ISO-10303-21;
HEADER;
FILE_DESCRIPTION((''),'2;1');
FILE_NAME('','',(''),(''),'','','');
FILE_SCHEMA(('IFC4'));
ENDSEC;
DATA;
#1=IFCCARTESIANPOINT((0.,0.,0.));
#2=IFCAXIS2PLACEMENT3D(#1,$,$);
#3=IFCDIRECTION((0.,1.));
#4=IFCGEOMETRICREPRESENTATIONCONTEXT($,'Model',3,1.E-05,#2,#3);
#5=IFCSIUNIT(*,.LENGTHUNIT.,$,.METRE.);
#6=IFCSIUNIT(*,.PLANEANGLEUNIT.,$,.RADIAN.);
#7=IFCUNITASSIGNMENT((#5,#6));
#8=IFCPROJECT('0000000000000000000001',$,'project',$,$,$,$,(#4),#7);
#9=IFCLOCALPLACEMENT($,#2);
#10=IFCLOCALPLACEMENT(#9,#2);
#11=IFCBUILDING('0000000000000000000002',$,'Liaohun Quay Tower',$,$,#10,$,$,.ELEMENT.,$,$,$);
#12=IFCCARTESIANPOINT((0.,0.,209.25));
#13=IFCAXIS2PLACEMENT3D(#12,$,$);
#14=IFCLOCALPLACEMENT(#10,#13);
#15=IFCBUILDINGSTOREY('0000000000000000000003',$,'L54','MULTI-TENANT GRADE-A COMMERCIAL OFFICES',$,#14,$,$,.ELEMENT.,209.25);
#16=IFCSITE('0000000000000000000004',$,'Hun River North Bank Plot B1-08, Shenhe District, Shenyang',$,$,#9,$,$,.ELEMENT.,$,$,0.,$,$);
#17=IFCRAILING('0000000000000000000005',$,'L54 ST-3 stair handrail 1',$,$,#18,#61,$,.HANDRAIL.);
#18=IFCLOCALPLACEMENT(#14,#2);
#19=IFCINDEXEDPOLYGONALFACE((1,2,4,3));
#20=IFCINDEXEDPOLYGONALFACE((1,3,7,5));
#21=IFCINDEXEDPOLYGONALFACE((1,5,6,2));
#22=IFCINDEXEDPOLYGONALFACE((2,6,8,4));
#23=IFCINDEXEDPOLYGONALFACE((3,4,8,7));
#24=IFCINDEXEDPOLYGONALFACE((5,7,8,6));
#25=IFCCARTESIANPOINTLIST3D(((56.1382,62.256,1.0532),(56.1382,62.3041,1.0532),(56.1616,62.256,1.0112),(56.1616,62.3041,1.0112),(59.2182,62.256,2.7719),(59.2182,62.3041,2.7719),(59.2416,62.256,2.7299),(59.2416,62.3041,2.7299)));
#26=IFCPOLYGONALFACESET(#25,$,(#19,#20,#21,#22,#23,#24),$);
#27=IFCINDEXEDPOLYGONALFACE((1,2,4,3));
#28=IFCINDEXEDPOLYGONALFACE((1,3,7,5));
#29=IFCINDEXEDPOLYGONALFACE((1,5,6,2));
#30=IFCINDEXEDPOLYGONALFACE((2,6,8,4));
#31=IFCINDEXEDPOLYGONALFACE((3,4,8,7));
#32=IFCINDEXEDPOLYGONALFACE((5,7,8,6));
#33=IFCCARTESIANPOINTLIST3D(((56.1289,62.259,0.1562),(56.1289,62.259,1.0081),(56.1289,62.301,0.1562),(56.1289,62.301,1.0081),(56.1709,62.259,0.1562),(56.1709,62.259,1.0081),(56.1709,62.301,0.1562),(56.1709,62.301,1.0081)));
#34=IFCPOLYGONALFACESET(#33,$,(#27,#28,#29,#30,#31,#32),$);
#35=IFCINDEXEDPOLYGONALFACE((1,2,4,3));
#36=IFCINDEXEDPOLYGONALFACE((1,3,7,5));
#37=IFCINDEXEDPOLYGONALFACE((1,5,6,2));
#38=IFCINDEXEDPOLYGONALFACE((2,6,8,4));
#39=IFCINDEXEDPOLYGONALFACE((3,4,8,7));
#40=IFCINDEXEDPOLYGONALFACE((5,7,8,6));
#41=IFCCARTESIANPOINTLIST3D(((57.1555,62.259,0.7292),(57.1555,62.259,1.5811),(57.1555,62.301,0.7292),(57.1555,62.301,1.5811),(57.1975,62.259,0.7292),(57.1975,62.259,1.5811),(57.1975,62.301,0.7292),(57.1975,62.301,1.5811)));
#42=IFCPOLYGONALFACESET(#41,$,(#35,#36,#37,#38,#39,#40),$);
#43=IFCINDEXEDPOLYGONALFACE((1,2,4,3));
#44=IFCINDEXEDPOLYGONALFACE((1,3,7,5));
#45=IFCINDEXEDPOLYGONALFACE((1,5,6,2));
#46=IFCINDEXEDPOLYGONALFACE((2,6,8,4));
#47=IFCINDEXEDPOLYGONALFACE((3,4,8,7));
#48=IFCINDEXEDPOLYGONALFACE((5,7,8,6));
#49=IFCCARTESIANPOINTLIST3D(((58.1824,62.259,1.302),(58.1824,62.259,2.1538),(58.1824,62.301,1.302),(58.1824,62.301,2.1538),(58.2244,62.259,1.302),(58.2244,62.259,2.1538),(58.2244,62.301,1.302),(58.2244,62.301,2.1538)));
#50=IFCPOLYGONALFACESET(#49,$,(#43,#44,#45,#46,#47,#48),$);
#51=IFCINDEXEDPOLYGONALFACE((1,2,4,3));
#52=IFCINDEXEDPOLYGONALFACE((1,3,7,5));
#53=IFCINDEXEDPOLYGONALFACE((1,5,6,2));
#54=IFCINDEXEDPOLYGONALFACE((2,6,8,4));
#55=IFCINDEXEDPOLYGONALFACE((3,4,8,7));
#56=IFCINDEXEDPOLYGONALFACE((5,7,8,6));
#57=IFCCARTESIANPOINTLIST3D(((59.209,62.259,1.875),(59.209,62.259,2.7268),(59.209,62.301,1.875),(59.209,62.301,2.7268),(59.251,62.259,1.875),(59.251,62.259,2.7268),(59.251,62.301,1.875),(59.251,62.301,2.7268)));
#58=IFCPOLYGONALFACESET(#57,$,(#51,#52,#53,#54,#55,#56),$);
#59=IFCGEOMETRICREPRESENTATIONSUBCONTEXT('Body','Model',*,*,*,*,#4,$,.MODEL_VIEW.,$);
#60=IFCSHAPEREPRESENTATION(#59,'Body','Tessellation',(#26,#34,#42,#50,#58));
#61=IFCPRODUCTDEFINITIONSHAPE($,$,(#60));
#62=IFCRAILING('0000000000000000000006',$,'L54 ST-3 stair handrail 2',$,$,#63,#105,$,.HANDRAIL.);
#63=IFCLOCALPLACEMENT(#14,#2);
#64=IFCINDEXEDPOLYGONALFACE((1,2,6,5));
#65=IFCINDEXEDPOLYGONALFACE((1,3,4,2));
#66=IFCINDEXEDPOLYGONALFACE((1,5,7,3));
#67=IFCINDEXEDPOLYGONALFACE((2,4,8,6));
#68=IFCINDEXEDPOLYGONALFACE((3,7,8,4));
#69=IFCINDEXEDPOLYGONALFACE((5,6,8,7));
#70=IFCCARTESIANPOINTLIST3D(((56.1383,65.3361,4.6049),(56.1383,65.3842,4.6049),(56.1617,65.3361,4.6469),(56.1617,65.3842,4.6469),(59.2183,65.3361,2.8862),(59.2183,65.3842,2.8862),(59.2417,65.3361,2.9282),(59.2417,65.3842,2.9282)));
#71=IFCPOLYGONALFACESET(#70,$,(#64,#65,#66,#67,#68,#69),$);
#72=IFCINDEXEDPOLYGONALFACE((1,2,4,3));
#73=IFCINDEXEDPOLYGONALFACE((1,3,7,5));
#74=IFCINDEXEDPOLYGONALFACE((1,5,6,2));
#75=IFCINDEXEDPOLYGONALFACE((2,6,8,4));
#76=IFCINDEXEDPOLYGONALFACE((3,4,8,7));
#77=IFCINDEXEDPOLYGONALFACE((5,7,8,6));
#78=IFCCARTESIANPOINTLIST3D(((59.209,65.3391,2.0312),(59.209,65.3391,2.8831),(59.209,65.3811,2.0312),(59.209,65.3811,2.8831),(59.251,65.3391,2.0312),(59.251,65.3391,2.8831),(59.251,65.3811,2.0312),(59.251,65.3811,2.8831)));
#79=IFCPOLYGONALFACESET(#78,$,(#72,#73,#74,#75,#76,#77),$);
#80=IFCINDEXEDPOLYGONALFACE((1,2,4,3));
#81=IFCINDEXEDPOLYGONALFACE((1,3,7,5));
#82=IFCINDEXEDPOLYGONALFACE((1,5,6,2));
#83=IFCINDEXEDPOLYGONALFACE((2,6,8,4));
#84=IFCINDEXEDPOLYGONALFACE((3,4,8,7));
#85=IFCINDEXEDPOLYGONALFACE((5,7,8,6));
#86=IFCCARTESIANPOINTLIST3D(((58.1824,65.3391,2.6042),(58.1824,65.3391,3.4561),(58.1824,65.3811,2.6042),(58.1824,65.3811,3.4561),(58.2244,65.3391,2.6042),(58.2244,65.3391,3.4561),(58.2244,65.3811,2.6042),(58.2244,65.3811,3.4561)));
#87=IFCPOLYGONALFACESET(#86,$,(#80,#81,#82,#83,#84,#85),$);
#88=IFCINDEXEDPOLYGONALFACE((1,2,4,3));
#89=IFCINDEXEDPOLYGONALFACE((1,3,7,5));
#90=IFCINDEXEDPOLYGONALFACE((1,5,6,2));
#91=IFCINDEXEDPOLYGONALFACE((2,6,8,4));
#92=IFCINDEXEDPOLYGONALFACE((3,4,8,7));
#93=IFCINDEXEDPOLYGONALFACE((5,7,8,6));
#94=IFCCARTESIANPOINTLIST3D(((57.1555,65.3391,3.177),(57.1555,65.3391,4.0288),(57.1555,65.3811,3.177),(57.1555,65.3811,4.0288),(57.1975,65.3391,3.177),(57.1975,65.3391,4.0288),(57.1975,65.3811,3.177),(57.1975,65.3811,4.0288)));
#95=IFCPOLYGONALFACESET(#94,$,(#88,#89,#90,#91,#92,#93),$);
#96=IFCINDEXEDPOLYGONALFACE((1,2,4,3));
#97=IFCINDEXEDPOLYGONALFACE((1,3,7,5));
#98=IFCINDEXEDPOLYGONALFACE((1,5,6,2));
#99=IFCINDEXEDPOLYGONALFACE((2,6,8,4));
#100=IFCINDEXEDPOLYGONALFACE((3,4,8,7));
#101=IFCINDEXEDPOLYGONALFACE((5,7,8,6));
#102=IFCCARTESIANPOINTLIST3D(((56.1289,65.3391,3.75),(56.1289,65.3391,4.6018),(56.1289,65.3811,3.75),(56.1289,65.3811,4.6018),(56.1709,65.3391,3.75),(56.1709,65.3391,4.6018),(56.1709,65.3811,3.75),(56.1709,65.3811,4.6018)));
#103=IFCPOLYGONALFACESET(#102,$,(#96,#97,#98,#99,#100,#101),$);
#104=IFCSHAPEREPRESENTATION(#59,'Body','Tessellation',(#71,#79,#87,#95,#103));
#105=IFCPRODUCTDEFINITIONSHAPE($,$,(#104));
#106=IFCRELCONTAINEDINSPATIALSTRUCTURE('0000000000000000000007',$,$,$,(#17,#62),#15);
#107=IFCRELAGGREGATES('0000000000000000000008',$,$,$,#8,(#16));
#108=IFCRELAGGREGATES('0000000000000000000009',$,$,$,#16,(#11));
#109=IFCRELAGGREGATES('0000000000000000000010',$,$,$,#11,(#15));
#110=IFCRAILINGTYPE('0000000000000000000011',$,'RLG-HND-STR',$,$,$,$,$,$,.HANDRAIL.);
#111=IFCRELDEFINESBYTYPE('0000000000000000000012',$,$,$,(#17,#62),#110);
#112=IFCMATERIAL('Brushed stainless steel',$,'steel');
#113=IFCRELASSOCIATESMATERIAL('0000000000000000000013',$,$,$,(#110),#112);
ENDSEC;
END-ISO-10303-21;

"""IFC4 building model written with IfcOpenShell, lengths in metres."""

from ifc_helpers import new_model, si_unit, direction, frame, origin, origin_2d, place, context, subcontext, project, spatial, rectangle, extrude, material, type_object, element, save


model = new_model("IFC4")

# Units and contexts
model_context = context("Model", 3, precision=1e-05, world=origin(), true_north=direction((0.0, 1.0)))
body_context = subcontext(model_context, "Body", "Model", "MODEL_VIEW")
ifc_project = project(units=[si_unit("LENGTHUNIT", "METRE"), si_unit("PLANEANGLEUNIT", "RADIAN")], contexts=[model_context])

# Site, building, storey
site_placement = place(None, origin())
site = spatial("IfcSite", under=ifc_project, at=site_placement, Name="Hun River North Bank Plot B1-08, Shenhe District, Shenyang", CompositionType="ELEMENT", RefElevation=0.0)
building_placement = place(site_placement, origin())
building = spatial("IfcBuilding", under=site, at=building_placement, Name="Liaohun Quay Tower", CompositionType="ELEMENT")
storey_placement = place(building_placement, frame((0.0, 0.0, 209.25)))
storey = spatial("IfcBuildingStorey", under=building, at=storey_placement, Name="L54", Description="MULTI-TENANT GRADE-A COMMERCIAL OFFICES", CompositionType="ELEMENT", Elevation=209.25)

# Railings
ifc_material_1 = material(Name="Brushed stainless steel", Category="steel")
railing_type_1 = type_object("IfcRailingType", Name="RLG-HND-STR", PredefinedType="HANDRAIL", material=ifc_material_1)
railing_1_placement = place(storey_placement, frame((56.1499, 62.28, 0.1562)))
element("IfcRailing", 1, at=railing_1_placement, inside=storey, type_object=railing_type_1, Name="L54 ST-3 stair handrail 1", PredefinedType="HANDRAIL", context=body_context, shape_type="SweptSolid", body=[
    extrude(rectangle(XDim=0.0481, YDim=0.0481, at=origin_2d()), frame((0.0, 0.0, 0.876), z_axis=(0.873242, 0.0, 0.487288), x_axis=(0.0, 1.0, 0.0)), (0.0, 0.0, 1.0), 3.5271),
    extrude(rectangle(XDim=0.042, YDim=0.042, at=origin_2d()), origin(), (0.0, 0.0, 1.0), 0.8518),
    extrude(rectangle(XDim=0.042, YDim=0.042, at=origin_2d()), frame((1.0266, 0.0, 0.573)), (0.0, 0.0, 1.0), 0.8518),
    extrude(rectangle(XDim=0.042, YDim=0.042, at=origin_2d()), frame((2.0535, 0.0, 1.1458)), (0.0, 0.0, 1.0), 0.8518),
    extrude(rectangle(XDim=0.042, YDim=0.042, at=origin_2d()), frame((3.0801, 0.0, 1.7188)), (0.0, 0.0, 1.0), 0.8518),
])
railing_2_placement = place(storey_placement, frame((59.23, 65.3601, 2.0312)))
element("IfcRailing", 2, at=railing_2_placement, inside=storey, type_object=railing_type_1, Name="L54 ST-3 stair handrail 2", PredefinedType="HANDRAIL", context=body_context, shape_type="SweptSolid", body=[
    extrude(rectangle(XDim=0.0481, YDim=0.0481, at=origin_2d()), frame((0.0, 0.0, 0.876), z_axis=(-0.873242, 0.0, 0.487288), x_axis=(0.0, -1.0, 0.0)), (0.0, 0.0, 1.0), 3.5271),
    extrude(rectangle(XDim=0.042, YDim=0.042, at=origin_2d()), origin(), (0.0, 0.0, 1.0), 0.8518),
    extrude(rectangle(XDim=0.042, YDim=0.042, at=origin_2d()), frame((-1.0266, 0.0, 0.573)), (0.0, 0.0, 1.0), 0.8518),
    extrude(rectangle(XDim=0.042, YDim=0.042, at=origin_2d()), frame((-2.0535, 0.0, 1.1458)), (0.0, 0.0, 1.0), 0.8518),
    extrude(rectangle(XDim=0.042, YDim=0.042, at=origin_2d()), frame((-3.0801, 0.0, 1.7188)), (0.0, 0.0, 1.0), 0.8518),
])

save(model, "model.ifc")
